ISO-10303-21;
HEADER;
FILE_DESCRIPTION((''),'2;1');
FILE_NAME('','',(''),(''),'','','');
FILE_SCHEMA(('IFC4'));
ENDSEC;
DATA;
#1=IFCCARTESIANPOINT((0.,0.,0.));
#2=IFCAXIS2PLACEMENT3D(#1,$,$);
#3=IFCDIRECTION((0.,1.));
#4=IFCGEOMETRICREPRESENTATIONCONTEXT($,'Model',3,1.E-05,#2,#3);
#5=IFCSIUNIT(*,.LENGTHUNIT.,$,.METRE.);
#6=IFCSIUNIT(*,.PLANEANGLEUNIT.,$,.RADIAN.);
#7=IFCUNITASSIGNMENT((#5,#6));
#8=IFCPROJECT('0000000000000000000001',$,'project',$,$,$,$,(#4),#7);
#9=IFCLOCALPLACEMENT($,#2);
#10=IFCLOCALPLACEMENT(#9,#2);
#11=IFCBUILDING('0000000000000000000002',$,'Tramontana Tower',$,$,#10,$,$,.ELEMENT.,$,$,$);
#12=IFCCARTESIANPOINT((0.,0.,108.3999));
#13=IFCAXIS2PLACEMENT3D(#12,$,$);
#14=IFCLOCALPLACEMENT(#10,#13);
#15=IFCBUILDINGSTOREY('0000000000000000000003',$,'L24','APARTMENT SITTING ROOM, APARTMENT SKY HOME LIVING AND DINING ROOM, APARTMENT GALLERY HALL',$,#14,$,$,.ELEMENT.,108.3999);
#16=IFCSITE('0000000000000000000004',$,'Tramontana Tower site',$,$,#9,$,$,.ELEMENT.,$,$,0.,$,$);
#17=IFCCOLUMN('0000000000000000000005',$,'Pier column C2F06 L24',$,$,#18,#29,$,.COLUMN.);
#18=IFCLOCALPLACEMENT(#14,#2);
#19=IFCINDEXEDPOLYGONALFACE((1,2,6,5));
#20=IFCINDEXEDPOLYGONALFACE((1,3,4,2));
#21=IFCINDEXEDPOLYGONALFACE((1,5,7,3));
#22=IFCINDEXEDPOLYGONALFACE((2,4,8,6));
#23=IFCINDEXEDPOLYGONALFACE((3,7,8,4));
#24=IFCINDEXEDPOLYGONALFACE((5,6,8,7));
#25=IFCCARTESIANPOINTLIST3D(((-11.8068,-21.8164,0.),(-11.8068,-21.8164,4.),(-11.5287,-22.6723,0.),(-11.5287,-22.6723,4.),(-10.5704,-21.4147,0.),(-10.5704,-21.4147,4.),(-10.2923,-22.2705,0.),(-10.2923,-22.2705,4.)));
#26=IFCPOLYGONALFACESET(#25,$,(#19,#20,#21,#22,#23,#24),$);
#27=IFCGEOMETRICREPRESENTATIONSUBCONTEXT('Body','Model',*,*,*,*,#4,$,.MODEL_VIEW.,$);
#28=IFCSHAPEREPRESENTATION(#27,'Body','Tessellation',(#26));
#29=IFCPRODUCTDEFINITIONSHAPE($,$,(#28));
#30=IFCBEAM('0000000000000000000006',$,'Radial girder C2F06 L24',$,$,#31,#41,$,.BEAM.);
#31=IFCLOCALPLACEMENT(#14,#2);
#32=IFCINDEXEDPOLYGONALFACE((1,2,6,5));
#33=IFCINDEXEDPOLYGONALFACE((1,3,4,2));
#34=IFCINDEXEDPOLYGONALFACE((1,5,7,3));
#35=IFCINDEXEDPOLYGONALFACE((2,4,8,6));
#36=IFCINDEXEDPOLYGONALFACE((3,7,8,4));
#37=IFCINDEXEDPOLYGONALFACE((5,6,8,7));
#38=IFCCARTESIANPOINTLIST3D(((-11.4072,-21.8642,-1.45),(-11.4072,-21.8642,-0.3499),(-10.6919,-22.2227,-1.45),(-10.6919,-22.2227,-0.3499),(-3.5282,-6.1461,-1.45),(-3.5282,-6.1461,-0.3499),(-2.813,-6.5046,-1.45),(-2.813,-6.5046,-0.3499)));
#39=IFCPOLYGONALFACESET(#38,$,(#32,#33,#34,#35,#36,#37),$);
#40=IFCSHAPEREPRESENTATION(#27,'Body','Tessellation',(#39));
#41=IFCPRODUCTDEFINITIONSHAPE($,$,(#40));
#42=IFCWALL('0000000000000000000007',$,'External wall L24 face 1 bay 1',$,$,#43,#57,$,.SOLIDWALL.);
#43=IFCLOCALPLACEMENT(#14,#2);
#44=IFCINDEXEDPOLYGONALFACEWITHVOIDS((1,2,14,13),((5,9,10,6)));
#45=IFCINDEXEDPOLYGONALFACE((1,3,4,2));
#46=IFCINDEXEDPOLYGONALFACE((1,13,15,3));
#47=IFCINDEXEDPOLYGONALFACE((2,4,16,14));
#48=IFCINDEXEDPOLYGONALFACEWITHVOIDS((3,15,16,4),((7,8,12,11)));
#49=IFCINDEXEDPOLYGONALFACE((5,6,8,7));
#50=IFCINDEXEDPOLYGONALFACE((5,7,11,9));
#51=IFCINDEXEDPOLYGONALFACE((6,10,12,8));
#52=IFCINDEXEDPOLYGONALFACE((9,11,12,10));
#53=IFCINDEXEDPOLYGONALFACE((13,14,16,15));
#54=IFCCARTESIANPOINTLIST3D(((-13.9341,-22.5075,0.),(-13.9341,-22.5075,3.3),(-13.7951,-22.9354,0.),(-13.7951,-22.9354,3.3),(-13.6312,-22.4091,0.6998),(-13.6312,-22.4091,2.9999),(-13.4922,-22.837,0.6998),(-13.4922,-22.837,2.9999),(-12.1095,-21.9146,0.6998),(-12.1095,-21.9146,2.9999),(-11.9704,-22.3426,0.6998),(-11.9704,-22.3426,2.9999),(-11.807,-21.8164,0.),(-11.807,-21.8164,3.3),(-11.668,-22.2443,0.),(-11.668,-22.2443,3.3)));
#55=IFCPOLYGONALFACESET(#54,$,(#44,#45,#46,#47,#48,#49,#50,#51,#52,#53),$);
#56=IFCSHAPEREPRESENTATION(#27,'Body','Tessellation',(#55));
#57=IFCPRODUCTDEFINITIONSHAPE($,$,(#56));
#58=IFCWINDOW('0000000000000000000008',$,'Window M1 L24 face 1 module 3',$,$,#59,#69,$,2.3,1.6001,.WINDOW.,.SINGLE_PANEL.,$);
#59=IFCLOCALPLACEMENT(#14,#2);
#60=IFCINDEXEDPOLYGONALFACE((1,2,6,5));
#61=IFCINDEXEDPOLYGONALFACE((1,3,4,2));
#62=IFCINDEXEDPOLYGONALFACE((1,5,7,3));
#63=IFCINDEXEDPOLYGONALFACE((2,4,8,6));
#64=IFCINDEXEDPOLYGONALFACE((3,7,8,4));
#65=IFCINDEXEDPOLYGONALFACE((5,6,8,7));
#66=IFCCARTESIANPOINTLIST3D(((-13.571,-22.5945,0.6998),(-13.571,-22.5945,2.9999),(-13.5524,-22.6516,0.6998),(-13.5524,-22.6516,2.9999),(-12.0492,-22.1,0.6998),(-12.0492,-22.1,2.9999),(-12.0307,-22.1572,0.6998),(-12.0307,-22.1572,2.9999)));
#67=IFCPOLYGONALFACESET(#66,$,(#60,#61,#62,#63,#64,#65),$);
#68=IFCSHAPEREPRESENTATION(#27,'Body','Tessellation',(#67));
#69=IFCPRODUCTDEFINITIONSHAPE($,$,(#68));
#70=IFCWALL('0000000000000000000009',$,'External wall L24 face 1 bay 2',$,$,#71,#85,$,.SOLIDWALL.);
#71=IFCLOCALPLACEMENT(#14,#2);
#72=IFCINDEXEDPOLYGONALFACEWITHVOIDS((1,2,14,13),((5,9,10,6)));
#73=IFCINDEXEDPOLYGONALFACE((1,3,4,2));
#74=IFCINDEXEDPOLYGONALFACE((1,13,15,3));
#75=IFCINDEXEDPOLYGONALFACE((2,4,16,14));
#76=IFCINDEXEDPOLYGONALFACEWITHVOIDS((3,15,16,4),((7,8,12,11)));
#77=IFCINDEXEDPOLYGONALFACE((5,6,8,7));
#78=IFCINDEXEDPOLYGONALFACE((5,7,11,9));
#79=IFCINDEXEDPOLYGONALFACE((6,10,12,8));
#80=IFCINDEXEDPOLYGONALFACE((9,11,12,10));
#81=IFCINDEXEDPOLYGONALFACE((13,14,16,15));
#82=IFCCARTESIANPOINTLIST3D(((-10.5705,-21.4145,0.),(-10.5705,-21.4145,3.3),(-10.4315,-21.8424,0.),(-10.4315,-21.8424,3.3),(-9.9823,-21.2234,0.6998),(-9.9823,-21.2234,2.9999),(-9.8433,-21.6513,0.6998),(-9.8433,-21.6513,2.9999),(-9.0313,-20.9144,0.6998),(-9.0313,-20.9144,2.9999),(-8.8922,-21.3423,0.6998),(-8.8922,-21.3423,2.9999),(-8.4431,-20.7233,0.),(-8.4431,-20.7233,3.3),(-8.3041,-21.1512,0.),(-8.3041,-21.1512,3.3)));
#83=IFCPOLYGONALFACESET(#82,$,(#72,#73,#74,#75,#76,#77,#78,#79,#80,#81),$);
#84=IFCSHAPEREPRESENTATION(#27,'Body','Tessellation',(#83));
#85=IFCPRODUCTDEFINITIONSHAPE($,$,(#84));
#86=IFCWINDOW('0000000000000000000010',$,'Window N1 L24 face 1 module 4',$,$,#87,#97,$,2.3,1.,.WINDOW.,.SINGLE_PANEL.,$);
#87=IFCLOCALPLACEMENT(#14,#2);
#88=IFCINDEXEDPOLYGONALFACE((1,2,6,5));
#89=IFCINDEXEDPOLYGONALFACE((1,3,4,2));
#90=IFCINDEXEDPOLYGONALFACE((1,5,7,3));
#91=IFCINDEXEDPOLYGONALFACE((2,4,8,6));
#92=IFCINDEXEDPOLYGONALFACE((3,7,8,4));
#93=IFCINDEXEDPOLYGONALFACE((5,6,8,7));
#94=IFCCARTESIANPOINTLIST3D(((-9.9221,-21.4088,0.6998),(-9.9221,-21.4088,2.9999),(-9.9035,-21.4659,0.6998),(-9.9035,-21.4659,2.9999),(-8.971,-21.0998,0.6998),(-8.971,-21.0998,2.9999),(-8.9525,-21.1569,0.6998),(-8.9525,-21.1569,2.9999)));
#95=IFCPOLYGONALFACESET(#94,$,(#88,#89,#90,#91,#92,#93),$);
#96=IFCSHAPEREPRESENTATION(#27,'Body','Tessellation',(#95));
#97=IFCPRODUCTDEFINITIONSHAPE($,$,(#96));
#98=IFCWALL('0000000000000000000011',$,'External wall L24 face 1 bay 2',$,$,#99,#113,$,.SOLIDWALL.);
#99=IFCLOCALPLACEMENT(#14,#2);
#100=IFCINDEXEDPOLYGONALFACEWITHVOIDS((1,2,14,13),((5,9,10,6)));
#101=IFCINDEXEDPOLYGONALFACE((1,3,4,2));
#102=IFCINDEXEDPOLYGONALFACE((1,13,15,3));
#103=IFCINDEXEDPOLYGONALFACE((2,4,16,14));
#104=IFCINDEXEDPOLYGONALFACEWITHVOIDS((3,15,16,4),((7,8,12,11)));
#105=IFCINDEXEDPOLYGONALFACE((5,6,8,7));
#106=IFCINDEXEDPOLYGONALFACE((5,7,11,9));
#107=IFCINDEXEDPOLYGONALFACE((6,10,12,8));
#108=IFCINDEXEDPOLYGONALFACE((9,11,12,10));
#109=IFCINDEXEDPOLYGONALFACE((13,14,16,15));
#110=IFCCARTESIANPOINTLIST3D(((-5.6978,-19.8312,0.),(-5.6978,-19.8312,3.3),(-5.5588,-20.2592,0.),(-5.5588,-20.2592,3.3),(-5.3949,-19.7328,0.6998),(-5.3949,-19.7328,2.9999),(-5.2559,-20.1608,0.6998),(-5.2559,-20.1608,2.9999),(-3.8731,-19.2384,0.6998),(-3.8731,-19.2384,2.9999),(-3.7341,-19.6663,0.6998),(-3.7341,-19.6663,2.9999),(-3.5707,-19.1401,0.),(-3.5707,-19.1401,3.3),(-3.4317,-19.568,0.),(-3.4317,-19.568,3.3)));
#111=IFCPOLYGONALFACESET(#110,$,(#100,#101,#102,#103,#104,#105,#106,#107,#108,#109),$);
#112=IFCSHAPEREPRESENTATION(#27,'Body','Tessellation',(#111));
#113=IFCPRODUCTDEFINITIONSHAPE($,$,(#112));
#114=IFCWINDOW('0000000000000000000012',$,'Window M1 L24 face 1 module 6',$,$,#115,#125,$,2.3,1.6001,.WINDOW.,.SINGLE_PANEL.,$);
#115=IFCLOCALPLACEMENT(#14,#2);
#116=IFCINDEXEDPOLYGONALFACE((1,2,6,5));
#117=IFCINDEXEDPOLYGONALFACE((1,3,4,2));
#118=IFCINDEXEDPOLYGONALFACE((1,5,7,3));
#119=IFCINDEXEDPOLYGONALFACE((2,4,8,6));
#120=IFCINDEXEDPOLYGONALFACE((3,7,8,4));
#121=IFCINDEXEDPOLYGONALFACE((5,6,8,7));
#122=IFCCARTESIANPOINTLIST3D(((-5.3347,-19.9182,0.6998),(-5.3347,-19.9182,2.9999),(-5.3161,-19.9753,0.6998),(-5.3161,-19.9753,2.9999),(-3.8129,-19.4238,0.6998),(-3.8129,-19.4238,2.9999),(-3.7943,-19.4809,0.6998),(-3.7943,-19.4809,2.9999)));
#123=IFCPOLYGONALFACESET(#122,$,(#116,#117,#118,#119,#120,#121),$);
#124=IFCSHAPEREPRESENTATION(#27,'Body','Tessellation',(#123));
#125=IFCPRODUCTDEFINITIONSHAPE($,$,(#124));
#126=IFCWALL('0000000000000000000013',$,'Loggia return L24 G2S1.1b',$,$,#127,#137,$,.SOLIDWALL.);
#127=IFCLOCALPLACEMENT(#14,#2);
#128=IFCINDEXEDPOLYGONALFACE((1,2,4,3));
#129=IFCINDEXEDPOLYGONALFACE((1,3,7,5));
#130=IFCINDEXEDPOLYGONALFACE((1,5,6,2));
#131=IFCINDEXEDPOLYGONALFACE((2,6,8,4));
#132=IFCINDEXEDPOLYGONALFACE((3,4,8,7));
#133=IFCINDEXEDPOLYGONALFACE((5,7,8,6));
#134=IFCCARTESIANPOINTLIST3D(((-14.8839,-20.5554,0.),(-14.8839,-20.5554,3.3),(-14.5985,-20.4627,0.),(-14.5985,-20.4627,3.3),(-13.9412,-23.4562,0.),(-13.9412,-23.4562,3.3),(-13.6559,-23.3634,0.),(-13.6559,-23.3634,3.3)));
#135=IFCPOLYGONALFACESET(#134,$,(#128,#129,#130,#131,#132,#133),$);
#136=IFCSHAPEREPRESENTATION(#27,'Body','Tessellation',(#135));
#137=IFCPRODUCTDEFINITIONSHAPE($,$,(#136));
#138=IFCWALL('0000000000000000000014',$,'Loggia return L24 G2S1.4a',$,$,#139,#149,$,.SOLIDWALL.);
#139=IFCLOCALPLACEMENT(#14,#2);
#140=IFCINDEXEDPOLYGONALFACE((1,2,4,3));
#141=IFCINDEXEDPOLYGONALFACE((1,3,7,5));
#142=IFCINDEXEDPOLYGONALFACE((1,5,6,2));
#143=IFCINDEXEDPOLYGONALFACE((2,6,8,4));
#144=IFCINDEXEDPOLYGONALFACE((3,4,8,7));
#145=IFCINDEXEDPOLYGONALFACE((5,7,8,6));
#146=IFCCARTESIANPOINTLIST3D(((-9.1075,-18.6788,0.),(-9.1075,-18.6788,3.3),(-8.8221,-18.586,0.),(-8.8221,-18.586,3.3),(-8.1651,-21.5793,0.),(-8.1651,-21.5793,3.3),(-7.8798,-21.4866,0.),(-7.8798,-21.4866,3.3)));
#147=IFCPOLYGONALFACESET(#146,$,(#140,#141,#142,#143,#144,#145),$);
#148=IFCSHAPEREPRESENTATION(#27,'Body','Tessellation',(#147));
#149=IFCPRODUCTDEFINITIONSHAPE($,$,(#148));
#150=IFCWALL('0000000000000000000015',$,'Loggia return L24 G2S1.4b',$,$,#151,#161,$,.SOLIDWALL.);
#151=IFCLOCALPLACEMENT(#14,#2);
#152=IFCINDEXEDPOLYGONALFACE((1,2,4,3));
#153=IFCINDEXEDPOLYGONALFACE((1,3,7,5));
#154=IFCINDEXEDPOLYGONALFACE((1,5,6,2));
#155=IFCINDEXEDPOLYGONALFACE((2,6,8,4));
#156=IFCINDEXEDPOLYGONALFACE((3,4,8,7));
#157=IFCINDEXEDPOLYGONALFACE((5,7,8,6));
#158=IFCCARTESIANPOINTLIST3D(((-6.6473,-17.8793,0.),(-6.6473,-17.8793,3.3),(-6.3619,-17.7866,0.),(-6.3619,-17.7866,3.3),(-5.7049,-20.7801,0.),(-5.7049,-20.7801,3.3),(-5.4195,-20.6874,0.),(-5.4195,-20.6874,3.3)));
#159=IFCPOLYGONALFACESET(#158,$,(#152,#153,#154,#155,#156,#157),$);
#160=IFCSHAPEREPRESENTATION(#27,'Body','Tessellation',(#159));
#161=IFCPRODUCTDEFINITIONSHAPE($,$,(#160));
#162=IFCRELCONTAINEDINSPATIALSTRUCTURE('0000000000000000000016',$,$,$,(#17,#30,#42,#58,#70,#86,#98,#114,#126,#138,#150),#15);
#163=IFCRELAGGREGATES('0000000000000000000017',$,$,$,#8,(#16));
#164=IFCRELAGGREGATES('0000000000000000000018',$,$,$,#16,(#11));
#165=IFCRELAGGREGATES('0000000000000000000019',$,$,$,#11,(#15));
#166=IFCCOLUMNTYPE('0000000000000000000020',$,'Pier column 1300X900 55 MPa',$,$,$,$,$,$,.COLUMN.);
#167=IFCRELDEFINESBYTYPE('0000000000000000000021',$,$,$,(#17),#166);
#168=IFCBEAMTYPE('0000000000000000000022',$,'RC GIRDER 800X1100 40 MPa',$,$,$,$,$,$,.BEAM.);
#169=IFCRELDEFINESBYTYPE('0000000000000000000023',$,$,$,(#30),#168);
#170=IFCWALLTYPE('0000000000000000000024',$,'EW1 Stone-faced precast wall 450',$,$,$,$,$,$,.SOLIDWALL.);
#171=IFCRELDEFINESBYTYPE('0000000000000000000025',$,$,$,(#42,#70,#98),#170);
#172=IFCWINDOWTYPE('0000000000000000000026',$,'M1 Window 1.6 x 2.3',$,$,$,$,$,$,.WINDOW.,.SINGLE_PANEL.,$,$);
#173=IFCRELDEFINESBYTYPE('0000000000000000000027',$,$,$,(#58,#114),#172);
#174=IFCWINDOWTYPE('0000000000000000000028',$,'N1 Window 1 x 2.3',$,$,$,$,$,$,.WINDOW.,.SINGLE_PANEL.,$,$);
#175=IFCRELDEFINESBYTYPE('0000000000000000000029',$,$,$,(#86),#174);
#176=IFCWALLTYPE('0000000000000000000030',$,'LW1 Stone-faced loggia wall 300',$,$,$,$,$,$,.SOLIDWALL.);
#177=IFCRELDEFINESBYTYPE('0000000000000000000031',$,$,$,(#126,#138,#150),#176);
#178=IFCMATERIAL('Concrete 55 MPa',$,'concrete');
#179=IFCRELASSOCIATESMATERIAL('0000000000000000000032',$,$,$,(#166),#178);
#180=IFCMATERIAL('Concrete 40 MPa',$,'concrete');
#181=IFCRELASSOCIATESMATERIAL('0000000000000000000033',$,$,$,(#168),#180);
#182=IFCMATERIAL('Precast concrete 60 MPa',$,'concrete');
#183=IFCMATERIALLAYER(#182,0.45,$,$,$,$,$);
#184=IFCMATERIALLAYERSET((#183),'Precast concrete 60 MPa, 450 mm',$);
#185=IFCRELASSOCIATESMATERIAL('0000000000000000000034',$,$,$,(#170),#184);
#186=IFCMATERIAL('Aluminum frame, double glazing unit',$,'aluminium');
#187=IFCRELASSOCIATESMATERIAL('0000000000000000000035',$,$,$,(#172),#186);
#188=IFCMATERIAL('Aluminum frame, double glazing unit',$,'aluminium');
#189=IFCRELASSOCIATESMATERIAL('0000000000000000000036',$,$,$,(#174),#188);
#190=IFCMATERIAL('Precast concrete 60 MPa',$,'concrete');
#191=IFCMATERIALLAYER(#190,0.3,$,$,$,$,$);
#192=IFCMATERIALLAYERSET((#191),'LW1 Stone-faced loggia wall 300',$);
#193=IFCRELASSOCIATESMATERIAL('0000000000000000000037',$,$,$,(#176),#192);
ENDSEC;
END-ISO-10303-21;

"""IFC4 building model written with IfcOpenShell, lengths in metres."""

from ifc_helpers import new_model, si_unit, direction, frame, frame_2d, origin, origin_2d, place, context, subcontext, project, spatial, rectangle, extrude, material, layer, layer_set, material_profile, profile_set, type_object, element, fill, save


model = new_model("IFC4")

# Units and contexts
model_context = context("Model", 3, precision=1e-05, world=origin(), true_north=direction((0.0, 1.0)))
body_context = subcontext(model_context, "Body", "Model", "MODEL_VIEW")
ifc_project = project(units=[si_unit("LENGTHUNIT", "METRE"), si_unit("PLANEANGLEUNIT", "RADIAN")], contexts=[model_context])

# Site, building, storey
site_placement = place(None, origin())
site = spatial("IfcSite", under=ifc_project, at=site_placement, Name="Tramontana Tower site", CompositionType="ELEMENT", RefElevation=0.0)
building_placement = place(site_placement, origin())
building = spatial("IfcBuilding", under=site, at=building_placement, Name="Tramontana Tower", CompositionType="ELEMENT")
storey_placement = place(building_placement, frame((0.0, 0.0, 108.3999)))
storey = spatial("IfcBuildingStorey", under=building, at=storey_placement, Name="L24", Description="APARTMENT SITTING ROOM, APARTMENT SKY HOME LIVING AND DINING ROOM, APARTMENT GALLERY HALL", CompositionType="ELEMENT", Elevation=108.3999)

# Column
ifc_material_1 = material(Name="Concrete 55 MPa", Category="concrete")
ifc_material_profile_1 = material_profile(ifc_material_1, rectangle(XDim=1.3, YDim=0.8999, at=origin_2d()), Name="Pier column 1300X900 55 MPa")
ifc_profile_set_1 = profile_set([ifc_material_profile_1], Name="Concrete 55 MPa")
column_type = type_object("IfcColumnType", Name="Pier column 1300X900 55 MPa", PredefinedType="COLUMN", material=ifc_profile_set_1)
column_placement = place(storey_placement, frame((-11.0496, -22.0435, 0.0), z_axis=(0.0, 0.0, 1.0), x_axis=(0.951057, 0.309017, 0.0)))
element("IfcColumn", 1, at=column_placement, inside=storey, type_object=column_type, Name="Pier column C2F06 L24", PredefinedType="COLUMN", context=body_context, shape_type="SweptSolid", body=[
    extrude(rectangle(XDim=1.3, YDim=0.8999, at=origin_2d()), origin(), (0.0, 0.0, 1.0), 4.0),
])

# Beam
ifc_material_2 = material(Name="Concrete 40 MPa", Category="concrete")
ifc_material_profile_2 = material_profile(ifc_material_2, rectangle(XDim=0.8, YDim=1.1001, at=origin_2d()), Name="RC GIRDER 800X1100 40 MPa")
ifc_profile_set_2 = profile_set([ifc_material_profile_2], Name="Concrete 40 MPa")
beam_type = type_object("IfcBeamType", Name="RC GIRDER 800X1100 40 MPa", PredefinedType="BEAM", material=ifc_profile_set_2)
beam_placement = place(storey_placement, frame((-11.0496, -22.0435, -0.8999), z_axis=(0.448119, 0.893974, 0.0), x_axis=(-0.893974, 0.448119, 0.0)))
element("IfcBeam", 2, at=beam_placement, inside=storey, type_object=beam_type, Name="Radial girder C2F06 L24", PredefinedType="BEAM", context=body_context, shape_type="SweptSolid", body=[
    extrude(rectangle(XDim=0.8, YDim=1.1001, at=origin_2d()), origin(), (0.0, 0.0, 1.0), 17.5823),
])

# Walls, openings, windows
ifc_material_3 = material(Name="Precast concrete 60 MPa", Category="concrete")
ifc_layer_1 = layer(ifc_material_3, 0.45)
ifc_layer_set_1 = layer_set([ifc_layer_1], Name="Precast concrete 60 MPa, 450 mm")
wall_type_1 = type_object("IfcWallType", Name="EW1 Stone-faced precast wall 450", PredefinedType="SOLIDWALL", material=ifc_layer_set_1)
wall_1_placement = place(storey_placement, frame((-13.8645, -22.7214, 0.0), z_axis=(0.0, 0.0, 1.0), x_axis=(0.951057, 0.309014, 0.0)))
wall_1 = element("IfcWall", 3, at=wall_1_placement, inside=storey, type_object=wall_type_1, Name="External wall L24 face 1 bay 1", PredefinedType="SOLIDWALL", context=body_context, shape_type="SweptSolid", body=[
    extrude(rectangle(XDim=2.2366, YDim=0.45, at=frame_2d((1.1182, 0.0))), origin(), (0.0, 0.0, 1.0), 3.3),
])
opening_1_placement = place(wall_1_placement, frame((0.3184, 0.0, 0.7)))
opening_1 = element("IfcOpeningElement", 4, at=opening_1_placement, cuts=wall_1, PredefinedType="OPENING", context=body_context, shape_type="SweptSolid", body=[
    extrude(rectangle(XDim=1.6001, YDim=2.3, at=frame_2d((0.8, 1.1499))), frame((0.0, 0.2349, 0.0), z_axis=(0.0, -1.0, 0.0), x_axis=(1.0, 0.0, 0.0)), (0.0, 0.0, 1.0), 0.47),
])
ifc_material_4 = material(Name="Aluminum frame, double glazing unit", Category="aluminium")
window_type_1 = type_object("IfcWindowType", Name="M1 Window 1.6 x 2.3", PartitioningType="SINGLE_PANEL", PredefinedType="WINDOW", material=ifc_material_4)
window_1_placement = place(opening_1_placement, origin())
window_1 = element("IfcWindow", 5, at=window_1_placement, inside=storey, type_object=window_type_1, Name="Window M1 L24 face 1 module 3", OverallHeight=2.3, OverallWidth=1.6001, PartitioningType="SINGLE_PANEL", PredefinedType="WINDOW", context=body_context, shape_type="SweptSolid", body=[
    extrude(rectangle(XDim=1.6001, YDim=2.3, at=frame_2d((0.8, 1.1499))), frame((0.0, 0.03, 0.0), z_axis=(0.0, -1.0, 0.0), x_axis=(1.0, 0.0, 0.0)), (0.0, 0.0, 1.0), 0.0601),
])
fill(opening_1, window_1)
wall_2_placement = place(storey_placement, frame((-10.501, -21.6284, 0.0), z_axis=(0.0, 0.0, 1.0), x_axis=(0.951068, 0.308982, 0.0)))
wall_2 = element("IfcWall", 6, at=wall_2_placement, inside=storey, type_object=wall_type_1, Name="External wall L24 face 1 bay 2", PredefinedType="SOLIDWALL", context=body_context, shape_type="SweptSolid", body=[
    extrude(rectangle(XDim=2.2368, YDim=0.45, at=frame_2d((1.1184, 0.0))), origin(), (0.0, 0.0, 1.0), 3.3),
])
opening_2_placement = place(wall_2_placement, frame((0.6184, 0.0, 0.7)))
opening_2 = element("IfcOpeningElement", 7, at=opening_2_placement, cuts=wall_2, PredefinedType="OPENING", context=body_context, shape_type="SweptSolid", body=[
    extrude(rectangle(XDim=1.0, YDim=2.3, at=frame_2d((0.5, 1.1499))), frame((0.0, 0.2349, 0.0), z_axis=(0.0, -1.0, 0.0), x_axis=(1.0, 0.0, 0.0)), (0.0, 0.0, 1.0), 0.47),
])
ifc_material_5 = material(Name="Aluminum frame, double glazing unit", Category="aluminium")
window_type_2 = type_object("IfcWindowType", Name="N1 Window 1 x 2.3", PartitioningType="SINGLE_PANEL", PredefinedType="WINDOW", material=ifc_material_5)
window_2_placement = place(opening_2_placement, origin())
window_2 = element("IfcWindow", 8, at=window_2_placement, inside=storey, type_object=window_type_2, Name="Window N1 L24 face 1 module 4", OverallHeight=2.3, OverallWidth=1.0, PartitioningType="SINGLE_PANEL", PredefinedType="WINDOW", context=body_context, shape_type="SweptSolid", body=[
    extrude(rectangle(XDim=1.0, YDim=2.3, at=frame_2d((0.5, 1.1499))), frame((0.0, 0.03, 0.0), z_axis=(0.0, -1.0, 0.0), x_axis=(1.0, 0.0, 0.0)), (0.0, 0.0, 1.0), 0.0601),
])
fill(opening_2, window_2)
wall_3_placement = place(storey_placement, frame((-5.6282, -20.0452, 0.0), z_axis=(0.0, 0.0, 1.0), x_axis=(0.951057, 0.309014, 0.0)))
wall_3 = element("IfcWall", 9, at=wall_3_placement, inside=storey, type_object=wall_type_1, Name="External wall L24 face 1 bay 2", PredefinedType="SOLIDWALL", context=body_context, shape_type="SweptSolid", body=[
    extrude(rectangle(XDim=2.2366, YDim=0.45, at=frame_2d((1.1182, 0.0))), origin(), (0.0, 0.0, 1.0), 3.3),
])
opening_3_placement = place(wall_3_placement, frame((0.3184, 0.0, 0.7)))
opening_3 = element("IfcOpeningElement", 10, at=opening_3_placement, cuts=wall_3, PredefinedType="OPENING", context=body_context, shape_type="SweptSolid", body=[
    extrude(rectangle(XDim=1.6001, YDim=2.3, at=frame_2d((0.8, 1.1499))), frame((0.0, 0.2349, 0.0), z_axis=(0.0, -1.0, 0.0), x_axis=(1.0, 0.0, 0.0)), (0.0, 0.0, 1.0), 0.47),
])
window_3_placement = place(opening_3_placement, origin())
window_3 = element("IfcWindow", 11, at=window_3_placement, inside=storey, type_object=window_type_1, Name="Window M1 L24 face 1 module 6", OverallHeight=2.3, OverallWidth=1.6001, PartitioningType="SINGLE_PANEL", PredefinedType="WINDOW", context=body_context, shape_type="SweptSolid", body=[
    extrude(rectangle(XDim=1.6001, YDim=2.3, at=frame_2d((0.8, 1.1499))), frame((0.0, 0.03, 0.0), z_axis=(0.0, -1.0, 0.0), x_axis=(1.0, 0.0, 0.0)), (0.0, 0.0, 1.0), 0.0601),
])
fill(opening_3, window_3)

# Wall
ifc_material_6 = material(Name="Precast concrete 60 MPa", Category="concrete")
ifc_layer_2 = layer(ifc_material_6, 0.3)
ifc_layer_set_2 = layer_set([ifc_layer_2], Name="LW1 Stone-faced loggia wall 300")
wall_type_2 = type_object("IfcWallType", Name="LW1 Stone-faced loggia wall 300", PredefinedType="SOLIDWALL", material=ifc_layer_set_2)
wall_4_placement = place(storey_placement, frame((-13.7986, -23.4097, 0.0), z_axis=(0.0, 0.0, 1.0), x_axis=(-0.309063, 0.951042, 0.0)))
element("IfcWall", 12, at=wall_4_placement, inside=storey, type_object=wall_type_2, Name="Loggia return L24 G2S1.1b", PredefinedType="SOLIDWALL", context=body_context, shape_type="SweptSolid", body=[
    extrude(rectangle(XDim=3.05, YDim=0.3, at=frame_2d((1.5249, 0.0))), origin(), (0.0, 0.0, 1.0), 3.3),
])

# Walls
wall_5_placement = place(storey_placement, frame((-8.0225, -21.533, 0.0), z_axis=(0.0, 0.0, 1.0), x_axis=(-0.30899, 0.951065, 0.0)))
element("IfcWall", 13, at=wall_5_placement, inside=storey, type_object=wall_type_2, Name="Loggia return L24 G2S1.4a", PredefinedType="SOLIDWALL", context=body_context, shape_type="SweptSolid", body=[
    extrude(rectangle(XDim=3.0498, YDim=0.3, at=frame_2d((1.5249, 0.0))), origin(), (0.0, 0.0, 1.0), 3.3),
])
wall_6_placement = place(storey_placement, frame((-5.5623, -20.7336, 0.0), z_axis=(0.0, 0.0, 1.0), x_axis=(-0.308967, 0.951073, 0.0)))
element("IfcWall", 14, at=wall_6_placement, inside=storey, type_object=wall_type_2, Name="Loggia return L24 G2S1.4b", PredefinedType="SOLIDWALL", context=body_context, shape_type="SweptSolid", body=[
    extrude(rectangle(XDim=3.05, YDim=0.3, at=frame_2d((1.5249, 0.0))), origin(), (0.0, 0.0, 1.0), 3.3),
])

save(model, "model.ifc")
